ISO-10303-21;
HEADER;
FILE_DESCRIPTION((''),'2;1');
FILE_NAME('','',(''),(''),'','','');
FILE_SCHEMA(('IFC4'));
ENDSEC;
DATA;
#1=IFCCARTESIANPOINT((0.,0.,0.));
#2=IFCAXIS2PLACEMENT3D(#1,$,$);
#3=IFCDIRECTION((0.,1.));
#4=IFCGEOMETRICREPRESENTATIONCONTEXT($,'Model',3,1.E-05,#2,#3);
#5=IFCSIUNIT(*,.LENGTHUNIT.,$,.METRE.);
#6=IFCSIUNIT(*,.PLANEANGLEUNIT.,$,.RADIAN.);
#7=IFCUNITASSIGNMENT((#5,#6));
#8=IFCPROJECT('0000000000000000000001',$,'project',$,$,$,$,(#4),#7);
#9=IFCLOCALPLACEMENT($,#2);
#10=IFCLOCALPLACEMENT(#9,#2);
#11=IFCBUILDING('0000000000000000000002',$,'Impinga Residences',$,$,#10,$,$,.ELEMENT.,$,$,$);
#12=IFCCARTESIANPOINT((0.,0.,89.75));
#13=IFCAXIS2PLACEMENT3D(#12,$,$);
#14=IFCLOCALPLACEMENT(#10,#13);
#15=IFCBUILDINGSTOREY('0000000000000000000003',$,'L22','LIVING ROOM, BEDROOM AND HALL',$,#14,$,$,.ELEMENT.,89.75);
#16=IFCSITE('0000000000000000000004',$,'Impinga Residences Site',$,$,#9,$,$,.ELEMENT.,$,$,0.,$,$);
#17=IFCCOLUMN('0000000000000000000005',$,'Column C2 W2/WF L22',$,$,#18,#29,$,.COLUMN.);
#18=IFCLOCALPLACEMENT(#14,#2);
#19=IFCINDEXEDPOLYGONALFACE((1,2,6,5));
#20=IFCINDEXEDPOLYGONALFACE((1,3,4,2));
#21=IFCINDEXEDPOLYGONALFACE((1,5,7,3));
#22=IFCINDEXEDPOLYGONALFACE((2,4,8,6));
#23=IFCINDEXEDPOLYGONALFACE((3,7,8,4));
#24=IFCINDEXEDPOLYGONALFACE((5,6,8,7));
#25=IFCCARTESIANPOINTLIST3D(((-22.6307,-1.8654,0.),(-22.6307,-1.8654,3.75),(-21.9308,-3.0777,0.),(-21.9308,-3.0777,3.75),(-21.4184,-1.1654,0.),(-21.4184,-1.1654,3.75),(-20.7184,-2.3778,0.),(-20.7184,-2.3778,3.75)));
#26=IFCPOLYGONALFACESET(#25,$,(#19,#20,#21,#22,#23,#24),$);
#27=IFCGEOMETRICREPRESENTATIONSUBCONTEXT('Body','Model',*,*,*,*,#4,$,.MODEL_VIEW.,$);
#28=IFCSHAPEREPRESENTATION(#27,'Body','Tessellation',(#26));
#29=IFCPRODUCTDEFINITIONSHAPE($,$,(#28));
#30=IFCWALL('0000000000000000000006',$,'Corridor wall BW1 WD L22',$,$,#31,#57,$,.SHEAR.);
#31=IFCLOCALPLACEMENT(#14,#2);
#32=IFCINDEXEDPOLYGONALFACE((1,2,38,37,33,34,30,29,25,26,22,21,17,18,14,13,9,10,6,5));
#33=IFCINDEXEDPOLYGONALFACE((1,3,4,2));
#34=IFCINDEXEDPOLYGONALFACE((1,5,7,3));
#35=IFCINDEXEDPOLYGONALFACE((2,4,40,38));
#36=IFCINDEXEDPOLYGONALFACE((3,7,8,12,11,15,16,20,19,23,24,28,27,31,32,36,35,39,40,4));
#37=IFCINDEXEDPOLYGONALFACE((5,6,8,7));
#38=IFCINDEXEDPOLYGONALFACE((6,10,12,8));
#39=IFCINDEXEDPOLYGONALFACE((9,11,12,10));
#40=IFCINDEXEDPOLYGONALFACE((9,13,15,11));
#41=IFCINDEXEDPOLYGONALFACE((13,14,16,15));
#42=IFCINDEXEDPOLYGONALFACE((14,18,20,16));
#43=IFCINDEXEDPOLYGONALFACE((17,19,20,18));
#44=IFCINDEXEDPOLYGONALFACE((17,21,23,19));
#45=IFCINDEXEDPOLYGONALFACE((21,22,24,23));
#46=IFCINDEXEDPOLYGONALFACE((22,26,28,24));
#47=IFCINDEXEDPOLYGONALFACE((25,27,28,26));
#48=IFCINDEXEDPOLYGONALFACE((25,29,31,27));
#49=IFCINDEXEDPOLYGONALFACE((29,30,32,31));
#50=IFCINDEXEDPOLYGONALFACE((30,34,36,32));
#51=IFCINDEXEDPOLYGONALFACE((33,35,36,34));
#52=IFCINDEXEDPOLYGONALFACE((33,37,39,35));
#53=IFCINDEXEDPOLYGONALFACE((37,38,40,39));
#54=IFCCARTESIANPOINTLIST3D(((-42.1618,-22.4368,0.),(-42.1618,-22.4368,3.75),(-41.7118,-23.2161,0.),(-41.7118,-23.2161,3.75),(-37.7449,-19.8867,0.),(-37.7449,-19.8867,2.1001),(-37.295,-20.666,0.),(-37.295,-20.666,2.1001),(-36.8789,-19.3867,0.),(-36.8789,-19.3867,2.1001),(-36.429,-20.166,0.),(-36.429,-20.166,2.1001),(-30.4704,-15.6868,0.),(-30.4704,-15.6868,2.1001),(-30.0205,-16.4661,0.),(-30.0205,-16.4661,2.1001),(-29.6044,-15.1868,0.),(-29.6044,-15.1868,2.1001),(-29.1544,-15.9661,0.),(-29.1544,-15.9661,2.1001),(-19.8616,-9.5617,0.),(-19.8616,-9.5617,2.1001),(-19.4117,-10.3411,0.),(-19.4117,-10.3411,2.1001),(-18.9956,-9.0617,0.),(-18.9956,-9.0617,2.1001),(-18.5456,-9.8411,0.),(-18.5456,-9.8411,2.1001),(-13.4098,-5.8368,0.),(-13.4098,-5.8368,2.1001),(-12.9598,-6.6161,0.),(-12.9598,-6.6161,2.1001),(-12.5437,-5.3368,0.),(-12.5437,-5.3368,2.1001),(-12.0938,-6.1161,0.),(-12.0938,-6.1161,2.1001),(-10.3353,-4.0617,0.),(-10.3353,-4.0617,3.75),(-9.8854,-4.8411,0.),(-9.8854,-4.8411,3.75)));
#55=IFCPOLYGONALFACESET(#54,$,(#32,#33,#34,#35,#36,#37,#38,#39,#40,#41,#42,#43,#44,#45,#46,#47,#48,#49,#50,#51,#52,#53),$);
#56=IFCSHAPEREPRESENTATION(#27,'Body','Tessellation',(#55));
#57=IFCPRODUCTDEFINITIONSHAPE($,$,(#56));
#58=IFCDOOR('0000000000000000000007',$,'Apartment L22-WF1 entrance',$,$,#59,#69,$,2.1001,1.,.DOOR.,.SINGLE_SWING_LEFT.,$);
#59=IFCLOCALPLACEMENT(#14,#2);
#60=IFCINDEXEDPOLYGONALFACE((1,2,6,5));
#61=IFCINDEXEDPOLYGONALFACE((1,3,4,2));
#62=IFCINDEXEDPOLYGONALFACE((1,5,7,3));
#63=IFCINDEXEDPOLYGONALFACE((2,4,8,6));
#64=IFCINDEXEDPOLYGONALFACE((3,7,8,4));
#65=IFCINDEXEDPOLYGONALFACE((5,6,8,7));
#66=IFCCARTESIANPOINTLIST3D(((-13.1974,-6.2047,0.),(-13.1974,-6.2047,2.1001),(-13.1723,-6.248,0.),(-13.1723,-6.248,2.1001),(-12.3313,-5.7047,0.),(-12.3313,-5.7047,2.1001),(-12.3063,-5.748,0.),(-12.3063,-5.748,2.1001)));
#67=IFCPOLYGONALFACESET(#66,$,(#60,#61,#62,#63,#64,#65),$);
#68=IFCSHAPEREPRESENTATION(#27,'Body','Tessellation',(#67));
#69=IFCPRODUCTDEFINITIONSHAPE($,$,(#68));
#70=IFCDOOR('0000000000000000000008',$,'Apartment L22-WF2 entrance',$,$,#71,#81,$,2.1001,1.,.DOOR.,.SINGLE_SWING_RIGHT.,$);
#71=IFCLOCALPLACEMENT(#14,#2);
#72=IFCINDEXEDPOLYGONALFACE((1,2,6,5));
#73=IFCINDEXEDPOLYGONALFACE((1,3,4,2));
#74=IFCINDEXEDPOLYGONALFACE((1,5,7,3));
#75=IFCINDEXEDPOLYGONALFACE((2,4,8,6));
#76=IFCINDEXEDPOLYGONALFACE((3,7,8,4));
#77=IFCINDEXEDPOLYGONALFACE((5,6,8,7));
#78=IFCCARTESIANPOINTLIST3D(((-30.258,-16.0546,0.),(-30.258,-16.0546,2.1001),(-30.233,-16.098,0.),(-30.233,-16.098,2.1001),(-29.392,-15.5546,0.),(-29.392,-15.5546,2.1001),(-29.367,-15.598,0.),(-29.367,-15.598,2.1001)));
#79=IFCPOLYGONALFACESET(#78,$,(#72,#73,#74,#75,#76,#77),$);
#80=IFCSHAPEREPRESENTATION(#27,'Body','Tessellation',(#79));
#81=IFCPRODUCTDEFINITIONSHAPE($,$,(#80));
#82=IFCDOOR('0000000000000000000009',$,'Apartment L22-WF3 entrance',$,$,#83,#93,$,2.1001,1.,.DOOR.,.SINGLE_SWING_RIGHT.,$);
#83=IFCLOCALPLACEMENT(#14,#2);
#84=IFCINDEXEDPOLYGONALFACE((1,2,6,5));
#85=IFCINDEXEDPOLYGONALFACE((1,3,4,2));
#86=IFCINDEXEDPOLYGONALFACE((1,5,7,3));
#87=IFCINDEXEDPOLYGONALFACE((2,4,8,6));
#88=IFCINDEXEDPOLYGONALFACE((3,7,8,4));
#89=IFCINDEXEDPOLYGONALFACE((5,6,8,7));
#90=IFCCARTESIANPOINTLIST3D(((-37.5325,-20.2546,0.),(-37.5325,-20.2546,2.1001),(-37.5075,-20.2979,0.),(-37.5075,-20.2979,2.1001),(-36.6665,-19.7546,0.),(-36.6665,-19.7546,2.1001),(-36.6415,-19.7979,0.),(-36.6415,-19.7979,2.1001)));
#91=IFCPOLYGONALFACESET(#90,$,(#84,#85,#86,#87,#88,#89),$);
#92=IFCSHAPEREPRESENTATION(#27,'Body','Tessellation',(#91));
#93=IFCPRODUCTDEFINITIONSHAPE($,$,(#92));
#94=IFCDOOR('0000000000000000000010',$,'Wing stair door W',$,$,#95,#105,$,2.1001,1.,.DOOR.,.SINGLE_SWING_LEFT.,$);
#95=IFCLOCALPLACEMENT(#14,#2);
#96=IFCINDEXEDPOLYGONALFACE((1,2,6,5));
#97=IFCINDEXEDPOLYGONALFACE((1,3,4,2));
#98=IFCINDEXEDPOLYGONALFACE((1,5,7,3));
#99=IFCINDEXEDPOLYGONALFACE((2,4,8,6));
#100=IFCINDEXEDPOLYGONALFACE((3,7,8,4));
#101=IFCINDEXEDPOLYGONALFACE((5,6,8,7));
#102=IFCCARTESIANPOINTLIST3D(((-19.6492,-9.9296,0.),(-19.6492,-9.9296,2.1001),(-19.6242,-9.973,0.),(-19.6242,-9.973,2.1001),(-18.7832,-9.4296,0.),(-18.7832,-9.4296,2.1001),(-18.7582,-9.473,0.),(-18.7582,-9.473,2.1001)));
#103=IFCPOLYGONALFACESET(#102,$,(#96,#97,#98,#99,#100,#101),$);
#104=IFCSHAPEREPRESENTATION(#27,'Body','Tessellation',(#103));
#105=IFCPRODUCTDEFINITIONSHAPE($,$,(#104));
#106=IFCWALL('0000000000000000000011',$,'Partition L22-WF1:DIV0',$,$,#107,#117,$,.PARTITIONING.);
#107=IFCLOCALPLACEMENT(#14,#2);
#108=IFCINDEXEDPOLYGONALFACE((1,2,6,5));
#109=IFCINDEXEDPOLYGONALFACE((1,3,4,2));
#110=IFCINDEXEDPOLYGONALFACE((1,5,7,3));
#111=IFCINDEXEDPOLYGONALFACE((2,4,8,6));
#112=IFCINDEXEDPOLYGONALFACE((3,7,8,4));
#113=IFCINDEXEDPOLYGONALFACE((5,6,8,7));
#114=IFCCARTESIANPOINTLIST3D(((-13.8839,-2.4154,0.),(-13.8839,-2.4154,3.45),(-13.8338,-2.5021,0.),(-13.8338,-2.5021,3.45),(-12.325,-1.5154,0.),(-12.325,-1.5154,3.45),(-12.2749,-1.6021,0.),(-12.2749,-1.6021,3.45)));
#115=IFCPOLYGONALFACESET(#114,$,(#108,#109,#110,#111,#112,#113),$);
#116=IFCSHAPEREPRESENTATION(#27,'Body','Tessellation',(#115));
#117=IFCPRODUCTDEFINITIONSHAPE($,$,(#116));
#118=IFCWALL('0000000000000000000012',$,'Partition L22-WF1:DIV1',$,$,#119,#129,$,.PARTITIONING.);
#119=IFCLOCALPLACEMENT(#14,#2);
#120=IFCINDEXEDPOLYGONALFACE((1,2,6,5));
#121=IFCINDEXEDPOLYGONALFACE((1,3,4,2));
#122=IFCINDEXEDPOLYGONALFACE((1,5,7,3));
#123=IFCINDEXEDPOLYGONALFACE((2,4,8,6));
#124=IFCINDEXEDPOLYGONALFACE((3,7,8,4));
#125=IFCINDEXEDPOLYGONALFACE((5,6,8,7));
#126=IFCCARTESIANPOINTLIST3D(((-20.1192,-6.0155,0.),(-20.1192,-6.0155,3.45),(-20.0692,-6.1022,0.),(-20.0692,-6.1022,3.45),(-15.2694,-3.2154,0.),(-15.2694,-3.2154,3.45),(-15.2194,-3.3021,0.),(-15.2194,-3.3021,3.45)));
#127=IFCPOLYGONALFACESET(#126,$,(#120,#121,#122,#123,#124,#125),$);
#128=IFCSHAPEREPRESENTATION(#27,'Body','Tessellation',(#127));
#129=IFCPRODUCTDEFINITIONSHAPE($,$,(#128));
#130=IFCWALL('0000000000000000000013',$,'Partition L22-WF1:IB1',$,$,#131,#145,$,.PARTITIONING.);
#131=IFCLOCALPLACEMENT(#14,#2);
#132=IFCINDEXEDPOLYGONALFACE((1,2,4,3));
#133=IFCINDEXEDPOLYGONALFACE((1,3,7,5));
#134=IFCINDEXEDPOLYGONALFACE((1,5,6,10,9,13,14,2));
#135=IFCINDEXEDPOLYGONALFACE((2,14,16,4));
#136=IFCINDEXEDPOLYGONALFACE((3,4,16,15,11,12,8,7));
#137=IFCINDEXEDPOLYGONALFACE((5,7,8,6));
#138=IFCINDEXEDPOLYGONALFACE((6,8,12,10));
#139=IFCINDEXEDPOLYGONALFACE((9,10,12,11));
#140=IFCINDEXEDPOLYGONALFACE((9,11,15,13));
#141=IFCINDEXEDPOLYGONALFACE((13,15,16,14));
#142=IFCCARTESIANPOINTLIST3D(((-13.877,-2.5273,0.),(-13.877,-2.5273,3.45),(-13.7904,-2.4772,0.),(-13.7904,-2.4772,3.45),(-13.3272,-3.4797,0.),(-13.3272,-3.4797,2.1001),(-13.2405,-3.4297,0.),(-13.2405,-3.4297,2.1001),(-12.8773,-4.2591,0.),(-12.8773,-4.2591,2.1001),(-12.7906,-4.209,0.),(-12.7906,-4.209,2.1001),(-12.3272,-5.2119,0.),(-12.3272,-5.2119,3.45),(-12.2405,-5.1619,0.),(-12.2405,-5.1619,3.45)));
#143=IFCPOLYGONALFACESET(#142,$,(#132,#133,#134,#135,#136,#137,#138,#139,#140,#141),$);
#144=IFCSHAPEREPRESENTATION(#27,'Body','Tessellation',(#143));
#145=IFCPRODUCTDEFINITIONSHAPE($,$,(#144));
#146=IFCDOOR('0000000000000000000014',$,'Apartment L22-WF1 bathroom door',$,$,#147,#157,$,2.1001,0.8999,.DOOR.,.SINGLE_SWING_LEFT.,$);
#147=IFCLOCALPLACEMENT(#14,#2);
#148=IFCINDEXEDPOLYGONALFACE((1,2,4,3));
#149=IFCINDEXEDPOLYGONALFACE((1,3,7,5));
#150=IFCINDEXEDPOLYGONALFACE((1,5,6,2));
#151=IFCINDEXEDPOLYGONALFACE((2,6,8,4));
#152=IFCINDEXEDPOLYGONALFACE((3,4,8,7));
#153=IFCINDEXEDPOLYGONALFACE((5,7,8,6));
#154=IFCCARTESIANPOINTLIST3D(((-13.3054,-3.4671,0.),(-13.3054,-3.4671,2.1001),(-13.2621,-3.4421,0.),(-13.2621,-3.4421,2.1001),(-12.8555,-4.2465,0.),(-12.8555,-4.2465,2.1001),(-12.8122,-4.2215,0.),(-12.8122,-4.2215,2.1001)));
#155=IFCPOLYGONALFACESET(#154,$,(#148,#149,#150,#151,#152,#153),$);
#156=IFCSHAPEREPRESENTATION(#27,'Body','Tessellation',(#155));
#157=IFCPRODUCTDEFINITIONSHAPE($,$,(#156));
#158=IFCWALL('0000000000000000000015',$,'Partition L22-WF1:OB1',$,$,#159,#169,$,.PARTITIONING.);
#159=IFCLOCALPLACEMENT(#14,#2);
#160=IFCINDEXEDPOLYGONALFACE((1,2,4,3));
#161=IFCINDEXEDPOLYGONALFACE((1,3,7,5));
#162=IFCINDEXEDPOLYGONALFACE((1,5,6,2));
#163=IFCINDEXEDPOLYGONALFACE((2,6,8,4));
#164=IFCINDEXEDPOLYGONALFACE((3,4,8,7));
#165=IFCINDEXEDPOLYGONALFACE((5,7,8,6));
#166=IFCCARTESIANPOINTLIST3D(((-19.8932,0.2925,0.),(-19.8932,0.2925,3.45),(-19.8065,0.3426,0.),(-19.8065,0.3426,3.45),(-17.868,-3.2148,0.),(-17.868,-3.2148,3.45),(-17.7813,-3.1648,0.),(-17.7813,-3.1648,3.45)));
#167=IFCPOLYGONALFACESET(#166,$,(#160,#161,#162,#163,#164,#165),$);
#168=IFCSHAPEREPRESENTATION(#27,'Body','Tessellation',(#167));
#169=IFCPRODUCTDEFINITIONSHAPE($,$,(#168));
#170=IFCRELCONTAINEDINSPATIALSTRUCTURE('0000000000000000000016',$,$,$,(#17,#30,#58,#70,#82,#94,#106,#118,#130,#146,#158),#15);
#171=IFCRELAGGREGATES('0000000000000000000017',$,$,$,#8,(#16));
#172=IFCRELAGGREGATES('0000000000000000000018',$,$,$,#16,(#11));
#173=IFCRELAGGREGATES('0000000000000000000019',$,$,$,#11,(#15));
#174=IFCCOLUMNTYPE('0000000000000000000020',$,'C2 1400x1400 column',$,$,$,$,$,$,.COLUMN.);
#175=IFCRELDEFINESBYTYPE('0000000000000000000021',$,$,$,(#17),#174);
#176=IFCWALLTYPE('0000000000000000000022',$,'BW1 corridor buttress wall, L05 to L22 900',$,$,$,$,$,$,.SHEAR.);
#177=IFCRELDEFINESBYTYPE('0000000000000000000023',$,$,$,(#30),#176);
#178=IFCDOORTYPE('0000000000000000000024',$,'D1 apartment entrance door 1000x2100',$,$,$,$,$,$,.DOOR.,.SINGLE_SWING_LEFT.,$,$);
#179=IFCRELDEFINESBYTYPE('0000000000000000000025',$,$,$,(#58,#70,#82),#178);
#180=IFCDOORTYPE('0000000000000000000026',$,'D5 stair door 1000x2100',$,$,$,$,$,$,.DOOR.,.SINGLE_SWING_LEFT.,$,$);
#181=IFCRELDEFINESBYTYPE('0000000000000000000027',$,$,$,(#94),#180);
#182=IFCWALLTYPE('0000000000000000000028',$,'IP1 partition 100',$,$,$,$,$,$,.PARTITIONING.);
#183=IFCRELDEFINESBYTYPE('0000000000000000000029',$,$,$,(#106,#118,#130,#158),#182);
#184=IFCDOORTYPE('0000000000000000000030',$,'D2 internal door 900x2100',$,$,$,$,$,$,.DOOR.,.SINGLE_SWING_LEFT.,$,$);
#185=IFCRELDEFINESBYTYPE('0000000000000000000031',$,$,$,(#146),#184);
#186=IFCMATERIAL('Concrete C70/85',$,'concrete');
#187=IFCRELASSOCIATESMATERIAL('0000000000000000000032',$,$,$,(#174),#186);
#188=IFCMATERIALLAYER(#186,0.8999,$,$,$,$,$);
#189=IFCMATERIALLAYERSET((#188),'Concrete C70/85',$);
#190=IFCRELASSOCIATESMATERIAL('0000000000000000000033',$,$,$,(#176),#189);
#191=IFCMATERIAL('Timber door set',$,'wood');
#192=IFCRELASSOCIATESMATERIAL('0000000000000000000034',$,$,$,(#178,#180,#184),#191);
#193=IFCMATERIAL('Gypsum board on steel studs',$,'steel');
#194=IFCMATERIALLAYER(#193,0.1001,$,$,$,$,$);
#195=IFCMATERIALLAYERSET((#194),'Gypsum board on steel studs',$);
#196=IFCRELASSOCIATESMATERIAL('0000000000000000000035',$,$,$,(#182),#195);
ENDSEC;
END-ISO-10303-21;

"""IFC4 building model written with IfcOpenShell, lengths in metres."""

from ifc_helpers import new_model, si_unit, direction, frame, frame_2d, origin, origin_2d, place, context, subcontext, project, spatial, rectangle, extrude, material, layer, layer_set, material_profile, profile_set, type_object, element, fill, save


model = new_model("IFC4")

# Units and contexts
model_context = context("Model", 3, precision=1e-05, world=origin(), true_north=direction((0.0, 1.0)))
body_context = subcontext(model_context, "Body", "Model", "MODEL_VIEW")
ifc_project = project(units=[si_unit("LENGTHUNIT", "METRE"), si_unit("PLANEANGLEUNIT", "RADIAN")], contexts=[model_context])

# Site, building, storey
site_placement = place(None, origin())
site = spatial("IfcSite", under=ifc_project, at=site_placement, Name="Impinga Residences Site", CompositionType="ELEMENT", RefElevation=0.0)
building_placement = place(site_placement, origin())
building = spatial("IfcBuilding", under=site, at=building_placement, Name="Impinga Residences", CompositionType="ELEMENT")
storey_placement = place(building_placement, frame((0.0, 0.0, 89.75)))
storey = spatial("IfcBuildingStorey", under=building, at=storey_placement, Name="L22", Description="LIVING ROOM, BEDROOM AND HALL", CompositionType="ELEMENT", Elevation=89.75)

# Column
ifc_material_1 = material(Name="Concrete C70/85", Category="concrete")
ifc_material_profile = material_profile(ifc_material_1, rectangle(XDim=1.3999, YDim=1.3999, at=origin_2d()), Name="RC 1400x1400")
ifc_profile_set = profile_set([ifc_material_profile], Name="Concrete C70/85")
column_type = type_object("IfcColumnType", Name="C2 1400x1400 column", PredefinedType="COLUMN", material=ifc_profile_set)
column_placement = place(storey_placement, frame((-21.6746, -2.1216, 0.0), z_axis=(0.0, 0.0, 1.0), x_axis=(-0.5, 0.866025, 0.0)))
element("IfcColumn", 1, at=column_placement, inside=storey, type_object=column_type, Name="Column C2 W2/WF L22", PredefinedType="COLUMN", context=body_context, shape_type="SweptSolid", body=[
    extrude(rectangle(XDim=1.3999, YDim=1.3999, at=origin_2d()), origin(), (0.0, 0.0, 1.0), 3.75),
])

# Wall, openings, doors
ifc_layer_1 = layer(ifc_material_1, 0.8999)
ifc_layer_set_1 = layer_set([ifc_layer_1], Name="Concrete C70/85")
wall_type_1 = type_object("IfcWallType", Name="BW1 corridor buttress wall, L05 to L22 900", PredefinedType="SHEAR", material=ifc_layer_set_1)
wall_1_placement = place(storey_placement, frame((-10.1104, -4.4514, 0.0), z_axis=(0.0, 0.0, 1.0), x_axis=(-0.866025, -0.5, 0.0)))
wall_1 = element("IfcWall", 2, at=wall_1_placement, inside=storey, type_object=wall_type_1, Name="Corridor wall BW1 WD L22", PredefinedType="SHEAR", context=body_context, shape_type="SweptSolid", body=[
    extrude(rectangle(XDim=36.75, YDim=0.8999, at=frame_2d((18.375, 0.0))), origin(), (0.0, 0.0, 1.0), 3.75),
])
opening_1_placement = place(wall_1_placement, frame((10.0, 0.0, 0.0)))
opening_1 = element("IfcOpeningElement", 3, at=opening_1_placement, cuts=wall_1, PredefinedType="OPENING", context=body_context, shape_type="SweptSolid", body=[
    extrude(rectangle(XDim=1.0, YDim=2.1001, at=frame_2d((0.5, 1.05))), frame((0.0, 0.46, 0.0), z_axis=(0.0, -1.0, 0.0), x_axis=(1.0, 0.0, 0.0)), (0.0, 0.0, 1.0), 0.9199),
])
opening_2_placement = place(wall_1_placement, frame((2.55, 0.0, 0.0)))
opening_2 = element("IfcOpeningElement", 4, at=opening_2_placement, cuts=wall_1, PredefinedType="OPENING", context=body_context, shape_type="SweptSolid", body=[
    extrude(rectangle(XDim=1.0, YDim=2.1001, at=frame_2d((0.5, 1.05))), frame((0.0, 0.46, 0.0), z_axis=(0.0, -1.0, 0.0), x_axis=(1.0, 0.0, 0.0)), (0.0, 0.0, 1.0), 0.9199),
])
opening_3_placement = place(wall_1_placement, frame((22.25, 0.0, 0.0)))
opening_3 = element("IfcOpeningElement", 5, at=opening_3_placement, cuts=wall_1, PredefinedType="OPENING", context=body_context, shape_type="SweptSolid", body=[
    extrude(rectangle(XDim=1.0, YDim=2.1001, at=frame_2d((0.5, 1.05))), frame((0.0, 0.46, 0.0), z_axis=(0.0, -1.0, 0.0), x_axis=(1.0, 0.0, 0.0)), (0.0, 0.0, 1.0), 0.9199),
])
opening_4_placement = place(wall_1_placement, frame((30.6499, 0.0, 0.0)))
opening_4 = element("IfcOpeningElement", 6, at=opening_4_placement, cuts=wall_1, PredefinedType="OPENING", context=body_context, shape_type="SweptSolid", body=[
    extrude(rectangle(XDim=1.0, YDim=2.1001, at=frame_2d((0.5, 1.05))), frame((0.0, 0.46, 0.0), z_axis=(0.0, -1.0, 0.0), x_axis=(1.0, 0.0, 0.0)), (0.0, 0.0, 1.0), 0.9199),
])
ifc_material_2 = material(Name="Timber door set", Category="wood")
door_type_1 = type_object("IfcDoorType", Name="D1 apartment entrance door 1000x2100", OperationType="SINGLE_SWING_LEFT", PredefinedType="DOOR", material=ifc_material_2)
door_1_placement = place(opening_2_placement, origin())
door_1 = element("IfcDoor", 7, at=door_1_placement, inside=storey, type_object=door_type_1, Name="Apartment L22-WF1 entrance", OperationType="SINGLE_SWING_LEFT", OverallHeight=2.1001, OverallWidth=1.0, PredefinedType="DOOR", context=body_context, shape_type="SweptSolid", body=[
    extrude(rectangle(XDim=1.0, YDim=2.1001, at=frame_2d((0.5, 1.05))), frame((0.0, 0.0249, 0.0), z_axis=(0.0, -1.0, 0.0), x_axis=(1.0, 0.0, 0.0)), (0.0, 0.0, 1.0), 0.05),
])
fill(opening_2, door_1)
door_2_placement = place(opening_3_placement, origin())
door_2 = element("IfcDoor", 8, at=door_2_placement, inside=storey, type_object=door_type_1, Name="Apartment L22-WF2 entrance", OperationType="SINGLE_SWING_RIGHT", OverallHeight=2.1001, OverallWidth=1.0, PredefinedType="DOOR", context=body_context, shape_type="SweptSolid", body=[
    extrude(rectangle(XDim=1.0, YDim=2.1001, at=frame_2d((0.5, 1.05))), frame((0.0, 0.0249, 0.0), z_axis=(0.0, -1.0, 0.0), x_axis=(1.0, 0.0, 0.0)), (0.0, 0.0, 1.0), 0.05),
])
fill(opening_3, door_2)
door_3_placement = place(opening_4_placement, origin())
door_3 = element("IfcDoor", 9, at=door_3_placement, inside=storey, type_object=door_type_1, Name="Apartment L22-WF3 entrance", OperationType="SINGLE_SWING_RIGHT", OverallHeight=2.1001, OverallWidth=1.0, PredefinedType="DOOR", context=body_context, shape_type="SweptSolid", body=[
    extrude(rectangle(XDim=1.0, YDim=2.1001, at=frame_2d((0.5, 1.05))), frame((0.0, 0.0249, 0.0), z_axis=(0.0, -1.0, 0.0), x_axis=(1.0, 0.0, 0.0)), (0.0, 0.0, 1.0), 0.05),
])
fill(opening_4, door_3)
door_type_2 = type_object("IfcDoorType", Name="D5 stair door 1000x2100", OperationType="SINGLE_SWING_LEFT", PredefinedType="DOOR", material=ifc_material_2)
door_4_placement = place(opening_1_placement, origin())
door_4 = element("IfcDoor", 10, at=door_4_placement, inside=storey, type_object=door_type_2, Name="Wing stair door W", OperationType="SINGLE_SWING_LEFT", OverallHeight=2.1001, OverallWidth=1.0, PredefinedType="DOOR", context=body_context, shape_type="SweptSolid", body=[
    extrude(rectangle(XDim=1.0, YDim=2.1001, at=frame_2d((0.5, 1.05))), frame((0.0, 0.0249, 0.0), z_axis=(0.0, -1.0, 0.0), x_axis=(1.0, 0.0, 0.0)), (0.0, 0.0, 1.0), 0.05),
])
fill(opening_1, door_4)

# Walls
ifc_material_3 = material(Name="Gypsum board on steel studs", Category="steel")
ifc_layer_2 = layer(ifc_material_3, 0.1001)
ifc_layer_set_2 = layer_set([ifc_layer_2], Name="Gypsum board on steel studs")
wall_type_2 = type_object("IfcWallType", Name="IP1 partition 100", PredefinedType="PARTITIONING", material=ifc_layer_set_2)
wall_2_placement = place(storey_placement, frame((-12.3, -1.5588, 0.0), z_axis=(0.0, 0.0, 1.0), x_axis=(-0.866048, -0.499961, 0.0)))
element("IfcWall", 11, at=wall_2_placement, inside=storey, type_object=wall_type_2, Name="Partition L22-WF1:DIV0", PredefinedType="PARTITIONING", context=body_context, shape_type="SweptSolid", body=[
    extrude(rectangle(XDim=1.8, YDim=0.1001, at=frame_2d((0.8999, 0.0))), origin(), (0.0, 0.0, 1.0), 3.45),
])
wall_3_placement = place(storey_placement, frame((-15.2444, -3.2588, 0.0), z_axis=(0.0, 0.0, 1.0), x_axis=(-0.866027, -0.499998, 0.0)))
element("IfcWall", 12, at=wall_3_placement, inside=storey, type_object=wall_type_2, Name="Partition L22-WF1:DIV1", PredefinedType="PARTITIONING", context=body_context, shape_type="SweptSolid", body=[
    extrude(rectangle(XDim=5.6001, YDim=0.1001, at=frame_2d((2.8, 0.0))), origin(), (0.0, 0.0, 1.0), 3.45),
])

# Wall, opening, door
wall_4_placement = place(storey_placement, frame((-12.2839, -5.1868, 0.0), z_axis=(0.0, 0.0, 1.0), x_axis=(-0.499968, 0.866044, 0.0)))
wall_4 = element("IfcWall", 13, at=wall_4_placement, inside=storey, type_object=wall_type_2, Name="Partition L22-WF1:IB1", PredefinedType="PARTITIONING", context=body_context, shape_type="SweptSolid", body=[
    extrude(rectangle(XDim=3.0999, YDim=0.1001, at=frame_2d((1.5498, 0.0))), origin(), (0.0, 0.0, 1.0), 3.45),
])
opening_5_placement = place(wall_4_placement, frame((1.1001, 0.0, 0.0)))
opening_5 = element("IfcOpeningElement", 14, at=opening_5_placement, cuts=wall_4, PredefinedType="OPENING", context=body_context, shape_type="SweptSolid", body=[
    extrude(rectangle(XDim=0.8999, YDim=2.1001, at=frame_2d((0.45, 1.05))), frame((0.0, 0.0601, 0.0), z_axis=(0.0, -1.0, 0.0), x_axis=(1.0, 0.0, 0.0)), (0.0, 0.0, 1.0), 0.1201),
])
door_type_3 = type_object("IfcDoorType", Name="D2 internal door 900x2100", OperationType="SINGLE_SWING_LEFT", PredefinedType="DOOR", material=ifc_material_2)
door_5_placement = place(opening_5_placement, origin())
door_5 = element("IfcDoor", 15, at=door_5_placement, inside=storey, type_object=door_type_3, Name="Apartment L22-WF1 bathroom door", OperationType="SINGLE_SWING_LEFT", OverallHeight=2.1001, OverallWidth=0.8999, PredefinedType="DOOR", context=body_context, shape_type="SweptSolid", body=[
    extrude(rectangle(XDim=0.8999, YDim=2.1001, at=frame_2d((0.45, 1.05))), frame((0.0, 0.0249, 0.0), z_axis=(0.0, -1.0, 0.0), x_axis=(1.0, 0.0, 0.0)), (0.0, 0.0, 1.0), 0.05),
])
fill(opening_5, door_5)

# Wall
wall_5_placement = place(storey_placement, frame((-17.8247, -3.1897, 0.0), z_axis=(0.0, 0.0, 1.0), x_axis=(-0.500036, 0.866005, 0.0)))
element("IfcWall", 16, at=wall_5_placement, inside=storey, type_object=wall_type_2, Name="Partition L22-WF1:OB1", PredefinedType="PARTITIONING", context=body_context, shape_type="SweptSolid", body=[
    extrude(rectangle(XDim=4.05, YDim=0.1001, at=frame_2d((2.0249, 0.0))), origin(), (0.0, 0.0, 1.0), 3.45),
])

save(model, "model.ifc")
